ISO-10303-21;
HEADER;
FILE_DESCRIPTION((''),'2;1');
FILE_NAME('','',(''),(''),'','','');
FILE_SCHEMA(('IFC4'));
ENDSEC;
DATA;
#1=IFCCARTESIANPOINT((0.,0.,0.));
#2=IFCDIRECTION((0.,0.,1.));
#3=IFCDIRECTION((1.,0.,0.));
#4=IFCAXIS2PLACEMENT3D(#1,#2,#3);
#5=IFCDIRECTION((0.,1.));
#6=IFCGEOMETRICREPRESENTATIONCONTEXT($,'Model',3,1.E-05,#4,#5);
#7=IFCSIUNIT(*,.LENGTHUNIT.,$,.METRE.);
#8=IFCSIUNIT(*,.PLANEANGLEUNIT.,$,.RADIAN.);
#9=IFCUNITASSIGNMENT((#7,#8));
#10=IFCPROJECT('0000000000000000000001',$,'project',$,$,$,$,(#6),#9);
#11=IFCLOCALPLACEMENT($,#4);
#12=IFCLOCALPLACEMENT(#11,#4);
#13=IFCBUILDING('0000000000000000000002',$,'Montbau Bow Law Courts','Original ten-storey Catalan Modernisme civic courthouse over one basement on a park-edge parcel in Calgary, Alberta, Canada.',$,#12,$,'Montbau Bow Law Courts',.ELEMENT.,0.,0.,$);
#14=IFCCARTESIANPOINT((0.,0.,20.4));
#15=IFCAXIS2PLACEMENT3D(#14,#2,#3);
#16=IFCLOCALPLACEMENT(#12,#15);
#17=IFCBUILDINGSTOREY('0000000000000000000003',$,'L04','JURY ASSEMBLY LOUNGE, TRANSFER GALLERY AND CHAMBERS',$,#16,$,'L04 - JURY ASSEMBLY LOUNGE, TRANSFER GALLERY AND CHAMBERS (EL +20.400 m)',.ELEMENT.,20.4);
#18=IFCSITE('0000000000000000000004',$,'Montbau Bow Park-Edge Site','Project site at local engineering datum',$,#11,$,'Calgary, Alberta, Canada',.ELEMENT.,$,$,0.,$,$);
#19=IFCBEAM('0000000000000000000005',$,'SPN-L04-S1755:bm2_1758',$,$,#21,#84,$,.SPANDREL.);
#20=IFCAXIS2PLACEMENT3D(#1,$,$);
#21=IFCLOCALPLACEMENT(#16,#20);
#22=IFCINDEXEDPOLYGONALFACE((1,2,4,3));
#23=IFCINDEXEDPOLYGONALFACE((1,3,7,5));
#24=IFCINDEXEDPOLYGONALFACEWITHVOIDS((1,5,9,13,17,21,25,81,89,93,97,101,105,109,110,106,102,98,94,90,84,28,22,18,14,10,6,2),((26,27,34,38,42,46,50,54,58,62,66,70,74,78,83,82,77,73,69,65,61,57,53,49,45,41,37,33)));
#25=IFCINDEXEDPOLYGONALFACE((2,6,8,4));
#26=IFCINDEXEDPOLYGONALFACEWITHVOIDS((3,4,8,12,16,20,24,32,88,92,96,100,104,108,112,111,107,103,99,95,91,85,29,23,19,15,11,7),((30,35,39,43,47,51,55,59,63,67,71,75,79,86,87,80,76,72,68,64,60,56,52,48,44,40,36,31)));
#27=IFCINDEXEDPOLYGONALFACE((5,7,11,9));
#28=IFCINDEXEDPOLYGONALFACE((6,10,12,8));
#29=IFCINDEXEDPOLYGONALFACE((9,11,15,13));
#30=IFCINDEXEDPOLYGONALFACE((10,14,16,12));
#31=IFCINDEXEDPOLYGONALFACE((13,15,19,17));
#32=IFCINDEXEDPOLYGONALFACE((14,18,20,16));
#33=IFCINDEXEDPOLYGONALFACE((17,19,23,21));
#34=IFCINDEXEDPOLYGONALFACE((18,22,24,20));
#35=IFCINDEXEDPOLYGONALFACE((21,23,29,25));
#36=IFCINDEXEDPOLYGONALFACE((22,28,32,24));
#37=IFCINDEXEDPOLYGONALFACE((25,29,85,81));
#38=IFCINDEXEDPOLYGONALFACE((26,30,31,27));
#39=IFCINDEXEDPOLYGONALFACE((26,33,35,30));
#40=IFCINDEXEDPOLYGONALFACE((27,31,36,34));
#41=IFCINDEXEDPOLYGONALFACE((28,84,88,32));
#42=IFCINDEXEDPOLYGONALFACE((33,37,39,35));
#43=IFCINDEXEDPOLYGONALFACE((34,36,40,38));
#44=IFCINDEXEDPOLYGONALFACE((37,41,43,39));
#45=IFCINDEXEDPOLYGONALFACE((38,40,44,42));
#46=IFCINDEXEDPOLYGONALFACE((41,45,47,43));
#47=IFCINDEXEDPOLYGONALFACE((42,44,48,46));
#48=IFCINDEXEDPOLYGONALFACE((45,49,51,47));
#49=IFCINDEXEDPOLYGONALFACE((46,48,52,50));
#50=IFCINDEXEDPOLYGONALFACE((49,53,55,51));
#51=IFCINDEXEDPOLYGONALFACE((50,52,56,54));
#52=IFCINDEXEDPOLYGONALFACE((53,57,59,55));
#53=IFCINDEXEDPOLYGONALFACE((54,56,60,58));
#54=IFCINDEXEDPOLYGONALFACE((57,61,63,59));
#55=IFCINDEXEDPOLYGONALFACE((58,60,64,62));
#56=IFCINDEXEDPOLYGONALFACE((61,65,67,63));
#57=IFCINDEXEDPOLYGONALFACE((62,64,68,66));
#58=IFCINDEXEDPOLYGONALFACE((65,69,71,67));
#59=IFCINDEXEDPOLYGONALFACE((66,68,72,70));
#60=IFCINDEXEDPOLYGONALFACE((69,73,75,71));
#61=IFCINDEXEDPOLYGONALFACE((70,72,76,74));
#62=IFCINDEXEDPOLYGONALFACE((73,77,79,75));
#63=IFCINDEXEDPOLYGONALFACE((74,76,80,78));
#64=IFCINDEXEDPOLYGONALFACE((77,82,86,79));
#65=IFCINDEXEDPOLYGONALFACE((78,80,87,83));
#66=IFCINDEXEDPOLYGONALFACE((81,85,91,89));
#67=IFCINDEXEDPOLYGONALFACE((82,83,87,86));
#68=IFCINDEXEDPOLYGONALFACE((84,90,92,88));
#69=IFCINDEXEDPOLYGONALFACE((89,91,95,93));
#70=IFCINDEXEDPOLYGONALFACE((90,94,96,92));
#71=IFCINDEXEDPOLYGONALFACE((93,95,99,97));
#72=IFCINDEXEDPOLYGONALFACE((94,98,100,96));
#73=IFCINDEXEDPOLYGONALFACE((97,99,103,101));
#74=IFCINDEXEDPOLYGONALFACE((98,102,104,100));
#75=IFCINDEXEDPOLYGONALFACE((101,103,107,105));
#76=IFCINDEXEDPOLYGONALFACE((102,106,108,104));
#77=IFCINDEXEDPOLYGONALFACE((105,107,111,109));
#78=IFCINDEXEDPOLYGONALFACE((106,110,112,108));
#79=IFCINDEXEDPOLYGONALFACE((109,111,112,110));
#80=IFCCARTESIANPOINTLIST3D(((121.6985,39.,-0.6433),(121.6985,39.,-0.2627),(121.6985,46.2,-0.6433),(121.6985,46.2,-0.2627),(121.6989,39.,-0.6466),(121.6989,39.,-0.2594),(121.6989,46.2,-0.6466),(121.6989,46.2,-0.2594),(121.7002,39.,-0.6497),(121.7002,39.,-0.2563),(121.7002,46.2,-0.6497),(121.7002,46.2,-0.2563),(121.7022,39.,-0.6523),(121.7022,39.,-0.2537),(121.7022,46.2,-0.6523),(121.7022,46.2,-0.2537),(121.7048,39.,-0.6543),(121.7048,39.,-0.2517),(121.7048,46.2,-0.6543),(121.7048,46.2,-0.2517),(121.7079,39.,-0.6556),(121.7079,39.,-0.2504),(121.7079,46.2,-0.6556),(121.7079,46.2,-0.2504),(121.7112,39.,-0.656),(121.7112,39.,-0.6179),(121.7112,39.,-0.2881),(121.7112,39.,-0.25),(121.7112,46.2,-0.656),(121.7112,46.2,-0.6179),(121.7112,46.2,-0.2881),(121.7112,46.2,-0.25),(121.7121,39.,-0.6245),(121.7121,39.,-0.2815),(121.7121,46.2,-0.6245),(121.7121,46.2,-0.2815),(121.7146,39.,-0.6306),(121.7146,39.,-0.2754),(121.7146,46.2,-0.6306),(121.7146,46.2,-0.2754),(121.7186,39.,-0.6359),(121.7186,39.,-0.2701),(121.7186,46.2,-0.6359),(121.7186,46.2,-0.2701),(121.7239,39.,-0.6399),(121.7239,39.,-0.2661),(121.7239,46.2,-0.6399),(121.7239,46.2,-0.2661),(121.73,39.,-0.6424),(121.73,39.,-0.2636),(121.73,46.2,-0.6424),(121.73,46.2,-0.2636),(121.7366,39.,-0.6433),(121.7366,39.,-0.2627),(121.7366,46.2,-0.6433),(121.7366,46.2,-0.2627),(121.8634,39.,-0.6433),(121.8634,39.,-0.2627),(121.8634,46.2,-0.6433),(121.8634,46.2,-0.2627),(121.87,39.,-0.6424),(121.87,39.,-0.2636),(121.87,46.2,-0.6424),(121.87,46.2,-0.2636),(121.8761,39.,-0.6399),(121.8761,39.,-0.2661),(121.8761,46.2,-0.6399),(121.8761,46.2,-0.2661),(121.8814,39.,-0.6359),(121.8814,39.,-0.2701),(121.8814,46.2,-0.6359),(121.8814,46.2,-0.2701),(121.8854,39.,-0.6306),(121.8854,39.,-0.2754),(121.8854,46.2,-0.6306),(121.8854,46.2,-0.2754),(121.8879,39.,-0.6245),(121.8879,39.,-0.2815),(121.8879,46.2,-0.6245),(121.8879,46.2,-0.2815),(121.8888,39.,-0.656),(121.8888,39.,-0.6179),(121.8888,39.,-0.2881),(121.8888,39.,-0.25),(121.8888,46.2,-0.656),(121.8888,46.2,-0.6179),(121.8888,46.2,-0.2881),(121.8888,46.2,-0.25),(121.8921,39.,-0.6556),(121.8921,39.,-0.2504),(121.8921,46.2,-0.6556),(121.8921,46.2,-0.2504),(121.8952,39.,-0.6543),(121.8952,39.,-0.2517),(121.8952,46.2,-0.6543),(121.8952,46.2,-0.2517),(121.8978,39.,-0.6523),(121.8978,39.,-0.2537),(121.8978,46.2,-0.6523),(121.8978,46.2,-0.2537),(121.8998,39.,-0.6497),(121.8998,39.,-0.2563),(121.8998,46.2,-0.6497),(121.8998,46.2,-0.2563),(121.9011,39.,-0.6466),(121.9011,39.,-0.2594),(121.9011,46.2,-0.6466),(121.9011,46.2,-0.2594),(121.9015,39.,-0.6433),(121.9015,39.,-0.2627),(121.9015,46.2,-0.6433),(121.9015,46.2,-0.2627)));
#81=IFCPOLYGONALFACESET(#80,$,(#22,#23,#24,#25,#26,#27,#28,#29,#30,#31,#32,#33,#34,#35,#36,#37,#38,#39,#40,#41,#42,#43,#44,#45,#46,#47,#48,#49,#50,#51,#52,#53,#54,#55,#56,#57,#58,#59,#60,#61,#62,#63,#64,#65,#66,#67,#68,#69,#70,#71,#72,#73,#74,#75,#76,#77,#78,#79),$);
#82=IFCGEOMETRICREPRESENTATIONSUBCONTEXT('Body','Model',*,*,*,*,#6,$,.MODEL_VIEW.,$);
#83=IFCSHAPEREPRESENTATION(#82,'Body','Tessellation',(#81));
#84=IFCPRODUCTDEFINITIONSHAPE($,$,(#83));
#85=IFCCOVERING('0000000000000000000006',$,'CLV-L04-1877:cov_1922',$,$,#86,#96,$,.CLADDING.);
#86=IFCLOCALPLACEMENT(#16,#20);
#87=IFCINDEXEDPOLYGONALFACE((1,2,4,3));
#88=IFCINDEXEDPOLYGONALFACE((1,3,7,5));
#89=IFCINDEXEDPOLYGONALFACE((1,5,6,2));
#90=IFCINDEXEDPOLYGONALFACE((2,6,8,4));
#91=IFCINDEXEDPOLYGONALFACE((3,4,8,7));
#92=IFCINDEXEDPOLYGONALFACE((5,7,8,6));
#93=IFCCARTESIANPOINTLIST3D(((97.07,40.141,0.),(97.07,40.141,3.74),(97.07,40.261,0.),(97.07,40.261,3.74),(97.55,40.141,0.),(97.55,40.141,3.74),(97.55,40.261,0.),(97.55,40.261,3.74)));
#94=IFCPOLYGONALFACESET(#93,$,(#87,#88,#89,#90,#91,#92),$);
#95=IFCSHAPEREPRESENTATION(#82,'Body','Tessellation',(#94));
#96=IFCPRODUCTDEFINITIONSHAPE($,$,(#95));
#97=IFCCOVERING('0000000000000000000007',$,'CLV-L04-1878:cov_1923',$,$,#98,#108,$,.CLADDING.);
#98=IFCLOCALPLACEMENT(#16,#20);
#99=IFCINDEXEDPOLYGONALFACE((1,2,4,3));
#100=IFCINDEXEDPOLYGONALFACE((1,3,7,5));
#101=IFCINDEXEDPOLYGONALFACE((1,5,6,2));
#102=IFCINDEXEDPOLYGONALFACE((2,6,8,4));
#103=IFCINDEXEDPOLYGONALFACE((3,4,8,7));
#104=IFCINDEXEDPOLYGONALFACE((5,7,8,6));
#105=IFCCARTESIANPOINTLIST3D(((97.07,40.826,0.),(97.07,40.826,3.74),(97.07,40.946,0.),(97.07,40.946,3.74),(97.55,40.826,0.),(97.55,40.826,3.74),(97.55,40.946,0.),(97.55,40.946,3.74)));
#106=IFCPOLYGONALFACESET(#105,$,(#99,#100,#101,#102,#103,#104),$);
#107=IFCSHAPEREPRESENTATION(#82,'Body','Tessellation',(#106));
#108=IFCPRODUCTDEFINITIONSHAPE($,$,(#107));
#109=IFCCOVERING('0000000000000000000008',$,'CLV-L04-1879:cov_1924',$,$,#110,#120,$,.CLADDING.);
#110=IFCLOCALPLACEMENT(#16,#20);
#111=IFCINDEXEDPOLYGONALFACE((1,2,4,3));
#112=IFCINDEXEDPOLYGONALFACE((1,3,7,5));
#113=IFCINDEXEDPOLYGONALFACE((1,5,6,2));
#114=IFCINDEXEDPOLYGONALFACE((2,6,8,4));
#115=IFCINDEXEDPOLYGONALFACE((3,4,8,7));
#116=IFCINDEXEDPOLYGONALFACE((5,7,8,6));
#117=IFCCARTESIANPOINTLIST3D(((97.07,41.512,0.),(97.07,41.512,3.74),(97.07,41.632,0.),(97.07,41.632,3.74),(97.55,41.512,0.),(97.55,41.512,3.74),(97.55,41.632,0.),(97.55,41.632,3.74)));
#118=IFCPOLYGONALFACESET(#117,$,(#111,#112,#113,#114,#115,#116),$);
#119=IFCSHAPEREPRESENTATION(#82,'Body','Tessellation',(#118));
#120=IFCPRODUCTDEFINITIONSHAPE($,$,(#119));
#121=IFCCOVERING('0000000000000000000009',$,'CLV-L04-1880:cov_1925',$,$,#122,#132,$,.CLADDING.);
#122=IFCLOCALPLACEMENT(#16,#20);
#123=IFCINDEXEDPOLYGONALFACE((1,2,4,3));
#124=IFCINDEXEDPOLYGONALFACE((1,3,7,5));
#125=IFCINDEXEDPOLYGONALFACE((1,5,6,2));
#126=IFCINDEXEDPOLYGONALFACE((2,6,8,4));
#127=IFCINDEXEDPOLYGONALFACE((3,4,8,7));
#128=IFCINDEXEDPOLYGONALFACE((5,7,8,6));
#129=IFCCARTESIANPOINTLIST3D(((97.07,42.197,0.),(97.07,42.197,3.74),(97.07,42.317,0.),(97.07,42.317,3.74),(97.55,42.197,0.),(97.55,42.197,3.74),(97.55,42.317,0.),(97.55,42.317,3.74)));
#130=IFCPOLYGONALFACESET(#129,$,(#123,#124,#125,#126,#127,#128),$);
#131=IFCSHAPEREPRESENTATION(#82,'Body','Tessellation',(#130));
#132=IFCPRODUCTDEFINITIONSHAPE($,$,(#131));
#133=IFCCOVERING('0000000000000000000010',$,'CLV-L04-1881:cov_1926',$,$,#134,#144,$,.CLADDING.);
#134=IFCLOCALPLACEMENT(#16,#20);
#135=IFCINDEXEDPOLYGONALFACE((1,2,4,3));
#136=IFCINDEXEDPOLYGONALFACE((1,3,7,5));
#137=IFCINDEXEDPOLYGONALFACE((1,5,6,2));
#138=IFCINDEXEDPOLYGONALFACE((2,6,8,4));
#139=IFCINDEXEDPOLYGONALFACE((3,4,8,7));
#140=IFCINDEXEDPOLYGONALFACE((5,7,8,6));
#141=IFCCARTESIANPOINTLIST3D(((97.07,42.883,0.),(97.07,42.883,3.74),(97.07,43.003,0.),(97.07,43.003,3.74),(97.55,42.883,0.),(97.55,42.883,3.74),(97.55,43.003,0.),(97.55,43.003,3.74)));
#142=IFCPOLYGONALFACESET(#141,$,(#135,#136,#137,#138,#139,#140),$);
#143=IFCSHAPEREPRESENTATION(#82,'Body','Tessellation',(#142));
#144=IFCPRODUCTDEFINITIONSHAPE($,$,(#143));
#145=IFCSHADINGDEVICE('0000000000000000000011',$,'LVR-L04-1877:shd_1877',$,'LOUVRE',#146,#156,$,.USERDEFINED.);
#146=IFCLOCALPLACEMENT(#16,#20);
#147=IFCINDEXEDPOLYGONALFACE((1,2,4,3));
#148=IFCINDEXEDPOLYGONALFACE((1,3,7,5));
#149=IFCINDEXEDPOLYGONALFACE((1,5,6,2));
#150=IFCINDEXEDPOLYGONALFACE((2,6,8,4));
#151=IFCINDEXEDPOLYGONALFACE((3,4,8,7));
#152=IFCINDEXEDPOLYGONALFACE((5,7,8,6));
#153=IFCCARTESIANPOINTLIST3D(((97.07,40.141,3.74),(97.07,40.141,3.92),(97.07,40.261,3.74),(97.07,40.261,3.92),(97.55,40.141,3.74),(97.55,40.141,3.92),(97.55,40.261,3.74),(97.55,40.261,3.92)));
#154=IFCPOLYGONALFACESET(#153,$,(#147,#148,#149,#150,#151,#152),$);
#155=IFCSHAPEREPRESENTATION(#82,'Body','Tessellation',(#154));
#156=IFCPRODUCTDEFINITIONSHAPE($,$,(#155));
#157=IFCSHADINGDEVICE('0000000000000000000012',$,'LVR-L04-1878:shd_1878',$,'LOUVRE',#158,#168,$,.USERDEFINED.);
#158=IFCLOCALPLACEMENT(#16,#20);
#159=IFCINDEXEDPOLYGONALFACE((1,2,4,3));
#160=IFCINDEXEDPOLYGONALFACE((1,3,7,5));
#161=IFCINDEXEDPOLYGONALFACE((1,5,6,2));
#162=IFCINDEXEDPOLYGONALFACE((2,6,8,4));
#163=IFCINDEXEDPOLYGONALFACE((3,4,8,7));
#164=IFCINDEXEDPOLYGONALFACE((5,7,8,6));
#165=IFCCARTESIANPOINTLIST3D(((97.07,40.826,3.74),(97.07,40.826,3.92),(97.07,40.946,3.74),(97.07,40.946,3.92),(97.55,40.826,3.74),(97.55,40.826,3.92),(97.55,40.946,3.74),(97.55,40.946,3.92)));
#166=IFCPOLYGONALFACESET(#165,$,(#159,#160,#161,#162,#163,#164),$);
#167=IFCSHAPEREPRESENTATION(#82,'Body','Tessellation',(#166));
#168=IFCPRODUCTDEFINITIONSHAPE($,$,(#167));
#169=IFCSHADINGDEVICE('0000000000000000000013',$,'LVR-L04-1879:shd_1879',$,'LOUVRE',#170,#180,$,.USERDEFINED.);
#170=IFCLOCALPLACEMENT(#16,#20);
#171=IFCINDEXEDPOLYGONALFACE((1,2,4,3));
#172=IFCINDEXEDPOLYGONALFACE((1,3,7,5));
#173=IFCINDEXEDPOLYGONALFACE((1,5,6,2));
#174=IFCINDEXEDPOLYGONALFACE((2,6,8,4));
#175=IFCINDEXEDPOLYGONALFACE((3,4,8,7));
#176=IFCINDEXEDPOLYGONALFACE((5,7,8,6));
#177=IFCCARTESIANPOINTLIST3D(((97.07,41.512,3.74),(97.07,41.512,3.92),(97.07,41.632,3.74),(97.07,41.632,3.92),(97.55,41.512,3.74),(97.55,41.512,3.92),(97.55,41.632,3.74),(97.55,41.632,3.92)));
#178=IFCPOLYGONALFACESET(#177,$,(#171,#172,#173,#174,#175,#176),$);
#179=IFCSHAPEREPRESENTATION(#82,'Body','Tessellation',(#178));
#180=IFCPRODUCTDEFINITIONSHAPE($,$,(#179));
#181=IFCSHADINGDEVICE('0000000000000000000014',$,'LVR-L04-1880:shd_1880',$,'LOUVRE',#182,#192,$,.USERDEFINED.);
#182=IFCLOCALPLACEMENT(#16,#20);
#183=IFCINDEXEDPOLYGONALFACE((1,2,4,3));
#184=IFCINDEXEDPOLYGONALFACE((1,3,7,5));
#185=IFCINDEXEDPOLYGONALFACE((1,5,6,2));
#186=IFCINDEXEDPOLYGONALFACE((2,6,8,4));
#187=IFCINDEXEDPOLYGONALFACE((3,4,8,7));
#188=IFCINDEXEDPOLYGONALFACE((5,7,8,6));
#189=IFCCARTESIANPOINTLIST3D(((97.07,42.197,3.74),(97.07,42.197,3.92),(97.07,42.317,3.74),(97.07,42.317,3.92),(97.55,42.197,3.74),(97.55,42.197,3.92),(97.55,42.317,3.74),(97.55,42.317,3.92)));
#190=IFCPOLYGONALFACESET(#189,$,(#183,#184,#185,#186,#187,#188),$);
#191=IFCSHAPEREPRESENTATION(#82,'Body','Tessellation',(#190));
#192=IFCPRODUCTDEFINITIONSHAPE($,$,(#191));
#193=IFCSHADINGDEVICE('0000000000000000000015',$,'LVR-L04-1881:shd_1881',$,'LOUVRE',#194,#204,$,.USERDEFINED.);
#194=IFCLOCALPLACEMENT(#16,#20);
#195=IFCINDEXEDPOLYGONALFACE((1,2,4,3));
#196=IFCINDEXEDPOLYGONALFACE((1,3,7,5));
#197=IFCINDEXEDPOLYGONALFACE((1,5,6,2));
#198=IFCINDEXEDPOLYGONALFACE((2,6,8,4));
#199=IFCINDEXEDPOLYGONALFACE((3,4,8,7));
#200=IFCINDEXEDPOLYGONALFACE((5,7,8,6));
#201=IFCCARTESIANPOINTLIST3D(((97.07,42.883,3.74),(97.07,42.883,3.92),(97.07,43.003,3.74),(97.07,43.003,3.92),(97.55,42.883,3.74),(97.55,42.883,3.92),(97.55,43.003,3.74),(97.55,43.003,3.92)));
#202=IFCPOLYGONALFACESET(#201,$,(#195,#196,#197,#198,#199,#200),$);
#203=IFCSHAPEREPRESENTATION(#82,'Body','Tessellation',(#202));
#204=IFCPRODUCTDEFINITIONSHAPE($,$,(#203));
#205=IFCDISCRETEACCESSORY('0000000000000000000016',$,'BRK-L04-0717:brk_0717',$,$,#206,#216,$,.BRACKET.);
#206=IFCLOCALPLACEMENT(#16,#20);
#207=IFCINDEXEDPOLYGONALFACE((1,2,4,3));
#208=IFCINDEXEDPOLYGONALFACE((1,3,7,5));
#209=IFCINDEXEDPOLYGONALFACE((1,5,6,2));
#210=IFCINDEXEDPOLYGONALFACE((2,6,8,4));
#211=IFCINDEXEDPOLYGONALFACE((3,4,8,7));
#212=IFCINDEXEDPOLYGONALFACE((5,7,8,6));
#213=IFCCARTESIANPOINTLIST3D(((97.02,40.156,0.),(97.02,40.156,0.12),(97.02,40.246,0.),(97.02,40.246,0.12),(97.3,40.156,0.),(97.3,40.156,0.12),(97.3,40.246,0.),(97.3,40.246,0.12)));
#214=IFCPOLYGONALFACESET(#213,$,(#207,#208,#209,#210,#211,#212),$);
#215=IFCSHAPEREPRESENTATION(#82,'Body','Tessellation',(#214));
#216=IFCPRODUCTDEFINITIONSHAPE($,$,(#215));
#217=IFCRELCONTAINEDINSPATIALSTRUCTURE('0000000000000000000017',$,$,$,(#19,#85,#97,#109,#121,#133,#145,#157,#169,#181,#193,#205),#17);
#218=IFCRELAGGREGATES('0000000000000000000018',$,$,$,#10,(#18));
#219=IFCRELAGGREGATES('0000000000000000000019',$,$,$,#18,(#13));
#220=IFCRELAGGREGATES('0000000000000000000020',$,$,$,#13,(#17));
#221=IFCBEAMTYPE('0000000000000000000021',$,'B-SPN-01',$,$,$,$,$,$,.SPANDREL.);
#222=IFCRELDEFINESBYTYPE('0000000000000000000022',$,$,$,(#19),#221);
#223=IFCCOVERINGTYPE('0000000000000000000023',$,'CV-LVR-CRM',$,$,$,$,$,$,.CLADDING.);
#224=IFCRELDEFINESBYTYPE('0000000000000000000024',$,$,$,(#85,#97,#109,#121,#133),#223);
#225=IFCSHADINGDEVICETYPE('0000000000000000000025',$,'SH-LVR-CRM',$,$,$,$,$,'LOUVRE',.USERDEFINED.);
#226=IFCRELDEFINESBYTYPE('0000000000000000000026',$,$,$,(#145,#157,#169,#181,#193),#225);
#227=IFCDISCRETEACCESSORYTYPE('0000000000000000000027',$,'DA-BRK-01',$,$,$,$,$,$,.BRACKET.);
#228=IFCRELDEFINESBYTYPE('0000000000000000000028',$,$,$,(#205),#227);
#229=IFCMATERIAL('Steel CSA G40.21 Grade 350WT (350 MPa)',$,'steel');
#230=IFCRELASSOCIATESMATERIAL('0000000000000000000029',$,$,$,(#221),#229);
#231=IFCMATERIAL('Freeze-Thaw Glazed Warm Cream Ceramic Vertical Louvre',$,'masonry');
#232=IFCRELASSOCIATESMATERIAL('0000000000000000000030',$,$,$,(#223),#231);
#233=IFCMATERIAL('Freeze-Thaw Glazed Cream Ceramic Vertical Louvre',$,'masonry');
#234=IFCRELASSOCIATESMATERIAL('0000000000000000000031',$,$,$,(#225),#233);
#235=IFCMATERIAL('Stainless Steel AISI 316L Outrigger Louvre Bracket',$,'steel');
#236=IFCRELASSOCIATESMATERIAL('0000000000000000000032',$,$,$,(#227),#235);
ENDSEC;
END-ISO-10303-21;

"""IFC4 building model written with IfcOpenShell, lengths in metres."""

from ifc_helpers import new_model, si_unit, direction, frame, frame_2d, origin_with_axes, origin_2d_with_axis, place, context, subcontext, project, spatial, rectangle, hollow_rectangle, extrude, material, material_profile, profile_set, type_object, element, save


model = new_model("IFC4")

# Units and contexts
model_context = context("Model", 3, precision=1e-05, world=origin_with_axes(), true_north=direction((0.0, 1.0)))
body_context = subcontext(model_context, "Body", "Model", "MODEL_VIEW")
ifc_project = project(units=[si_unit("LENGTHUNIT", "METRE"), si_unit("PLANEANGLEUNIT", "RADIAN")], contexts=[model_context])

# Site, building, storey
site_placement = place(None, origin_with_axes())
site = spatial("IfcSite", under=ifc_project, at=site_placement, Name="Montbau Bow Park-Edge Site", Description="Project site at local engineering datum", LongName="Calgary, Alberta, Canada", CompositionType="ELEMENT", RefElevation=0.0)
building_placement = place(site_placement, origin_with_axes())
building = spatial("IfcBuilding", under=site, at=building_placement, Name="Montbau Bow Law Courts", Description="Original ten-storey Catalan Modernisme civic courthouse over one basement on a park-edge parcel in Calgary, Alberta, Canada.", LongName="Montbau Bow Law Courts", CompositionType="ELEMENT", ElevationOfRefHeight=0.0, ElevationOfTerrain=0.0)
storey_placement = place(building_placement, frame((0.0, 0.0, 20.4), z_axis=(0.0, 0.0, 1.0), x_axis=(1.0, 0.0, 0.0)))
storey = spatial("IfcBuildingStorey", under=building, at=storey_placement, Name="L04", Description="JURY ASSEMBLY LOUNGE, TRANSFER GALLERY AND CHAMBERS", LongName="L04 - JURY ASSEMBLY LOUNGE, TRANSFER GALLERY AND CHAMBERS (EL +20.400 m)", CompositionType="ELEMENT", Elevation=20.4)

# Beam
ifc_material_1 = material(Name="Steel CSA G40.21 Grade 350WT (350 MPa)", Category="steel")
ifc_material_profile_1 = material_profile(ifc_material_1, hollow_rectangle(XDim=0.203, YDim=0.406, WallThickness=0.0127, InnerFilletRadius=0.0254, OuterFilletRadius=0.0127, at=origin_2d_with_axis()), Name="HSS406X203X13", Category="Main", Priority=0)
ifc_profile_set_1 = profile_set([ifc_material_profile_1], Name="Steel CSA G40.21 Grade 350WT (350 MPa)")
beam_type_1 = type_object("IfcBeamType", Name="B-SPN-01", PredefinedType="SPANDREL", material=ifc_profile_set_1)
beam_1_placement = place(None, frame((121.8, 39.0, 19.947), z_axis=(0.0, 1.0, 0.0), x_axis=(-1.0, 0.0, 0.0)))
element("IfcBeam", 1, at=beam_1_placement, inside=storey, type_object=beam_type_1, Name="SPN-L04-S1755:bm2_1758", PredefinedType="SPANDREL", context=body_context, shape_type="SweptSolid", body=[
    extrude(hollow_rectangle(XDim=0.203, YDim=0.406, WallThickness=0.0127, InnerFilletRadius=0.0254, OuterFilletRadius=0.0127, at=origin_2d_with_axis()), origin_with_axes(), (0.0, 0.0, 1.0), 7.2),
])

# Coverings
ifc_material_2 = material(Name="Freeze-Thaw Glazed Warm Cream Ceramic Vertical Louvre", Category="masonry")
covering_type = type_object("IfcCoveringType", Name="CV-LVR-CRM", PredefinedType="CLADDING", material=ifc_material_2)
for number, where, z_axis, x_axis, name in (
    (2, (97.07, 40.201, 20.4), (0.0, -1.0, 0.0), (1.0, 0.0, 0.0), "CLV-L04-1877:cov_1922"),
    (3, (97.07, 40.886, 20.4), (0.0, -1.0, 0.0), (1.0, 0.0, 0.0), "CLV-L04-1878:cov_1923"),
    (4, (97.07, 41.572, 20.4), (0.0, -1.0, 0.0), (1.0, 0.0, 0.0), "CLV-L04-1879:cov_1924"),
    (5, (97.07, 42.257, 20.4), (0.0, -1.0, 0.0), (1.0, 0.0, 0.0), "CLV-L04-1880:cov_1925"),
    (6, (97.07, 42.943, 20.4), (0.0, -1.0, 0.0), (1.0, 0.0, 0.0), "CLV-L04-1881:cov_1926"),
):
    element("IfcCovering", number, at=place(None, frame(where, z_axis=z_axis, x_axis=x_axis)), inside=storey, type_object=covering_type, Name=name, PredefinedType="CLADDING", context=body_context, shape_type="SweptSolid", body=[
        extrude(rectangle(XDim=0.48, YDim=3.74, at=frame_2d((0.24, 1.87), x_axis=(1.0, 0.0))), frame((0.0, 0.0, -0.06), z_axis=(0.0, 0.0, 1.0), x_axis=(1.0, 0.0, 0.0)), (0.0, 0.0, 1.0), 0.12),
    ])

# Shading devices
ifc_material_3 = material(Name="Freeze-Thaw Glazed Cream Ceramic Vertical Louvre", Category="masonry")
shading_device_type = type_object("IfcShadingDeviceType", Name="SH-LVR-CRM", ElementType="LOUVRE", PredefinedType="USERDEFINED", material=ifc_material_3)
for number, where, z_axis, x_axis, name in (
    (7, (97.31, 40.201, 24.14), (0.0, 0.0, 1.0), (1.0, 0.0, 0.0), "LVR-L04-1877:shd_1877"),
    (8, (97.31, 40.886, 24.14), (0.0, 0.0, 1.0), (1.0, 0.0, 0.0), "LVR-L04-1878:shd_1878"),
    (9, (97.31, 41.572, 24.14), (0.0, 0.0, 1.0), (1.0, 0.0, 0.0), "LVR-L04-1879:shd_1879"),
    (10, (97.31, 42.257, 24.14), (0.0, 0.0, 1.0), (1.0, 0.0, 0.0), "LVR-L04-1880:shd_1880"),
    (11, (97.31, 42.943, 24.14), (0.0, 0.0, 1.0), (1.0, 0.0, 0.0), "LVR-L04-1881:shd_1881"),
):
    element("IfcShadingDevice", number, at=place(None, frame(where, z_axis=z_axis, x_axis=x_axis)), inside=storey, type_object=shading_device_type, Name=name, ObjectType="LOUVRE", PredefinedType="USERDEFINED", context=body_context, shape_type="SweptSolid", body=[
        extrude(rectangle(XDim=0.48, YDim=0.12, at=origin_2d_with_axis()), origin_with_axes(), (0.0, 0.0, 1.0), 0.18),
    ])

# Discrete accessory
ifc_material_4 = material(Name="Stainless Steel AISI 316L Outrigger Louvre Bracket", Category="steel")
discrete_accessory_type = type_object("IfcDiscreteAccessoryType", Name="DA-BRK-01", PredefinedType="BRACKET", material=ifc_material_4)
for number, where, z_axis, x_axis, name in (
    (12, (97.16, 40.201, 20.4), (0.0, 0.0, 1.0), (1.0, 0.0, 0.0), "BRK-L04-0717:brk_0717"),
):
    element("IfcDiscreteAccessory", number, at=place(None, frame(where, z_axis=z_axis, x_axis=x_axis)), inside=storey, type_object=discrete_accessory_type, Name=name, PredefinedType="BRACKET", context=body_context, shape_type="SweptSolid", body=[
        extrude(rectangle(XDim=0.28, YDim=0.09, at=origin_2d_with_axis()), origin_with_axes(), (0.0, 0.0, 1.0), 0.12),
    ])

save(model, "model.ifc")
